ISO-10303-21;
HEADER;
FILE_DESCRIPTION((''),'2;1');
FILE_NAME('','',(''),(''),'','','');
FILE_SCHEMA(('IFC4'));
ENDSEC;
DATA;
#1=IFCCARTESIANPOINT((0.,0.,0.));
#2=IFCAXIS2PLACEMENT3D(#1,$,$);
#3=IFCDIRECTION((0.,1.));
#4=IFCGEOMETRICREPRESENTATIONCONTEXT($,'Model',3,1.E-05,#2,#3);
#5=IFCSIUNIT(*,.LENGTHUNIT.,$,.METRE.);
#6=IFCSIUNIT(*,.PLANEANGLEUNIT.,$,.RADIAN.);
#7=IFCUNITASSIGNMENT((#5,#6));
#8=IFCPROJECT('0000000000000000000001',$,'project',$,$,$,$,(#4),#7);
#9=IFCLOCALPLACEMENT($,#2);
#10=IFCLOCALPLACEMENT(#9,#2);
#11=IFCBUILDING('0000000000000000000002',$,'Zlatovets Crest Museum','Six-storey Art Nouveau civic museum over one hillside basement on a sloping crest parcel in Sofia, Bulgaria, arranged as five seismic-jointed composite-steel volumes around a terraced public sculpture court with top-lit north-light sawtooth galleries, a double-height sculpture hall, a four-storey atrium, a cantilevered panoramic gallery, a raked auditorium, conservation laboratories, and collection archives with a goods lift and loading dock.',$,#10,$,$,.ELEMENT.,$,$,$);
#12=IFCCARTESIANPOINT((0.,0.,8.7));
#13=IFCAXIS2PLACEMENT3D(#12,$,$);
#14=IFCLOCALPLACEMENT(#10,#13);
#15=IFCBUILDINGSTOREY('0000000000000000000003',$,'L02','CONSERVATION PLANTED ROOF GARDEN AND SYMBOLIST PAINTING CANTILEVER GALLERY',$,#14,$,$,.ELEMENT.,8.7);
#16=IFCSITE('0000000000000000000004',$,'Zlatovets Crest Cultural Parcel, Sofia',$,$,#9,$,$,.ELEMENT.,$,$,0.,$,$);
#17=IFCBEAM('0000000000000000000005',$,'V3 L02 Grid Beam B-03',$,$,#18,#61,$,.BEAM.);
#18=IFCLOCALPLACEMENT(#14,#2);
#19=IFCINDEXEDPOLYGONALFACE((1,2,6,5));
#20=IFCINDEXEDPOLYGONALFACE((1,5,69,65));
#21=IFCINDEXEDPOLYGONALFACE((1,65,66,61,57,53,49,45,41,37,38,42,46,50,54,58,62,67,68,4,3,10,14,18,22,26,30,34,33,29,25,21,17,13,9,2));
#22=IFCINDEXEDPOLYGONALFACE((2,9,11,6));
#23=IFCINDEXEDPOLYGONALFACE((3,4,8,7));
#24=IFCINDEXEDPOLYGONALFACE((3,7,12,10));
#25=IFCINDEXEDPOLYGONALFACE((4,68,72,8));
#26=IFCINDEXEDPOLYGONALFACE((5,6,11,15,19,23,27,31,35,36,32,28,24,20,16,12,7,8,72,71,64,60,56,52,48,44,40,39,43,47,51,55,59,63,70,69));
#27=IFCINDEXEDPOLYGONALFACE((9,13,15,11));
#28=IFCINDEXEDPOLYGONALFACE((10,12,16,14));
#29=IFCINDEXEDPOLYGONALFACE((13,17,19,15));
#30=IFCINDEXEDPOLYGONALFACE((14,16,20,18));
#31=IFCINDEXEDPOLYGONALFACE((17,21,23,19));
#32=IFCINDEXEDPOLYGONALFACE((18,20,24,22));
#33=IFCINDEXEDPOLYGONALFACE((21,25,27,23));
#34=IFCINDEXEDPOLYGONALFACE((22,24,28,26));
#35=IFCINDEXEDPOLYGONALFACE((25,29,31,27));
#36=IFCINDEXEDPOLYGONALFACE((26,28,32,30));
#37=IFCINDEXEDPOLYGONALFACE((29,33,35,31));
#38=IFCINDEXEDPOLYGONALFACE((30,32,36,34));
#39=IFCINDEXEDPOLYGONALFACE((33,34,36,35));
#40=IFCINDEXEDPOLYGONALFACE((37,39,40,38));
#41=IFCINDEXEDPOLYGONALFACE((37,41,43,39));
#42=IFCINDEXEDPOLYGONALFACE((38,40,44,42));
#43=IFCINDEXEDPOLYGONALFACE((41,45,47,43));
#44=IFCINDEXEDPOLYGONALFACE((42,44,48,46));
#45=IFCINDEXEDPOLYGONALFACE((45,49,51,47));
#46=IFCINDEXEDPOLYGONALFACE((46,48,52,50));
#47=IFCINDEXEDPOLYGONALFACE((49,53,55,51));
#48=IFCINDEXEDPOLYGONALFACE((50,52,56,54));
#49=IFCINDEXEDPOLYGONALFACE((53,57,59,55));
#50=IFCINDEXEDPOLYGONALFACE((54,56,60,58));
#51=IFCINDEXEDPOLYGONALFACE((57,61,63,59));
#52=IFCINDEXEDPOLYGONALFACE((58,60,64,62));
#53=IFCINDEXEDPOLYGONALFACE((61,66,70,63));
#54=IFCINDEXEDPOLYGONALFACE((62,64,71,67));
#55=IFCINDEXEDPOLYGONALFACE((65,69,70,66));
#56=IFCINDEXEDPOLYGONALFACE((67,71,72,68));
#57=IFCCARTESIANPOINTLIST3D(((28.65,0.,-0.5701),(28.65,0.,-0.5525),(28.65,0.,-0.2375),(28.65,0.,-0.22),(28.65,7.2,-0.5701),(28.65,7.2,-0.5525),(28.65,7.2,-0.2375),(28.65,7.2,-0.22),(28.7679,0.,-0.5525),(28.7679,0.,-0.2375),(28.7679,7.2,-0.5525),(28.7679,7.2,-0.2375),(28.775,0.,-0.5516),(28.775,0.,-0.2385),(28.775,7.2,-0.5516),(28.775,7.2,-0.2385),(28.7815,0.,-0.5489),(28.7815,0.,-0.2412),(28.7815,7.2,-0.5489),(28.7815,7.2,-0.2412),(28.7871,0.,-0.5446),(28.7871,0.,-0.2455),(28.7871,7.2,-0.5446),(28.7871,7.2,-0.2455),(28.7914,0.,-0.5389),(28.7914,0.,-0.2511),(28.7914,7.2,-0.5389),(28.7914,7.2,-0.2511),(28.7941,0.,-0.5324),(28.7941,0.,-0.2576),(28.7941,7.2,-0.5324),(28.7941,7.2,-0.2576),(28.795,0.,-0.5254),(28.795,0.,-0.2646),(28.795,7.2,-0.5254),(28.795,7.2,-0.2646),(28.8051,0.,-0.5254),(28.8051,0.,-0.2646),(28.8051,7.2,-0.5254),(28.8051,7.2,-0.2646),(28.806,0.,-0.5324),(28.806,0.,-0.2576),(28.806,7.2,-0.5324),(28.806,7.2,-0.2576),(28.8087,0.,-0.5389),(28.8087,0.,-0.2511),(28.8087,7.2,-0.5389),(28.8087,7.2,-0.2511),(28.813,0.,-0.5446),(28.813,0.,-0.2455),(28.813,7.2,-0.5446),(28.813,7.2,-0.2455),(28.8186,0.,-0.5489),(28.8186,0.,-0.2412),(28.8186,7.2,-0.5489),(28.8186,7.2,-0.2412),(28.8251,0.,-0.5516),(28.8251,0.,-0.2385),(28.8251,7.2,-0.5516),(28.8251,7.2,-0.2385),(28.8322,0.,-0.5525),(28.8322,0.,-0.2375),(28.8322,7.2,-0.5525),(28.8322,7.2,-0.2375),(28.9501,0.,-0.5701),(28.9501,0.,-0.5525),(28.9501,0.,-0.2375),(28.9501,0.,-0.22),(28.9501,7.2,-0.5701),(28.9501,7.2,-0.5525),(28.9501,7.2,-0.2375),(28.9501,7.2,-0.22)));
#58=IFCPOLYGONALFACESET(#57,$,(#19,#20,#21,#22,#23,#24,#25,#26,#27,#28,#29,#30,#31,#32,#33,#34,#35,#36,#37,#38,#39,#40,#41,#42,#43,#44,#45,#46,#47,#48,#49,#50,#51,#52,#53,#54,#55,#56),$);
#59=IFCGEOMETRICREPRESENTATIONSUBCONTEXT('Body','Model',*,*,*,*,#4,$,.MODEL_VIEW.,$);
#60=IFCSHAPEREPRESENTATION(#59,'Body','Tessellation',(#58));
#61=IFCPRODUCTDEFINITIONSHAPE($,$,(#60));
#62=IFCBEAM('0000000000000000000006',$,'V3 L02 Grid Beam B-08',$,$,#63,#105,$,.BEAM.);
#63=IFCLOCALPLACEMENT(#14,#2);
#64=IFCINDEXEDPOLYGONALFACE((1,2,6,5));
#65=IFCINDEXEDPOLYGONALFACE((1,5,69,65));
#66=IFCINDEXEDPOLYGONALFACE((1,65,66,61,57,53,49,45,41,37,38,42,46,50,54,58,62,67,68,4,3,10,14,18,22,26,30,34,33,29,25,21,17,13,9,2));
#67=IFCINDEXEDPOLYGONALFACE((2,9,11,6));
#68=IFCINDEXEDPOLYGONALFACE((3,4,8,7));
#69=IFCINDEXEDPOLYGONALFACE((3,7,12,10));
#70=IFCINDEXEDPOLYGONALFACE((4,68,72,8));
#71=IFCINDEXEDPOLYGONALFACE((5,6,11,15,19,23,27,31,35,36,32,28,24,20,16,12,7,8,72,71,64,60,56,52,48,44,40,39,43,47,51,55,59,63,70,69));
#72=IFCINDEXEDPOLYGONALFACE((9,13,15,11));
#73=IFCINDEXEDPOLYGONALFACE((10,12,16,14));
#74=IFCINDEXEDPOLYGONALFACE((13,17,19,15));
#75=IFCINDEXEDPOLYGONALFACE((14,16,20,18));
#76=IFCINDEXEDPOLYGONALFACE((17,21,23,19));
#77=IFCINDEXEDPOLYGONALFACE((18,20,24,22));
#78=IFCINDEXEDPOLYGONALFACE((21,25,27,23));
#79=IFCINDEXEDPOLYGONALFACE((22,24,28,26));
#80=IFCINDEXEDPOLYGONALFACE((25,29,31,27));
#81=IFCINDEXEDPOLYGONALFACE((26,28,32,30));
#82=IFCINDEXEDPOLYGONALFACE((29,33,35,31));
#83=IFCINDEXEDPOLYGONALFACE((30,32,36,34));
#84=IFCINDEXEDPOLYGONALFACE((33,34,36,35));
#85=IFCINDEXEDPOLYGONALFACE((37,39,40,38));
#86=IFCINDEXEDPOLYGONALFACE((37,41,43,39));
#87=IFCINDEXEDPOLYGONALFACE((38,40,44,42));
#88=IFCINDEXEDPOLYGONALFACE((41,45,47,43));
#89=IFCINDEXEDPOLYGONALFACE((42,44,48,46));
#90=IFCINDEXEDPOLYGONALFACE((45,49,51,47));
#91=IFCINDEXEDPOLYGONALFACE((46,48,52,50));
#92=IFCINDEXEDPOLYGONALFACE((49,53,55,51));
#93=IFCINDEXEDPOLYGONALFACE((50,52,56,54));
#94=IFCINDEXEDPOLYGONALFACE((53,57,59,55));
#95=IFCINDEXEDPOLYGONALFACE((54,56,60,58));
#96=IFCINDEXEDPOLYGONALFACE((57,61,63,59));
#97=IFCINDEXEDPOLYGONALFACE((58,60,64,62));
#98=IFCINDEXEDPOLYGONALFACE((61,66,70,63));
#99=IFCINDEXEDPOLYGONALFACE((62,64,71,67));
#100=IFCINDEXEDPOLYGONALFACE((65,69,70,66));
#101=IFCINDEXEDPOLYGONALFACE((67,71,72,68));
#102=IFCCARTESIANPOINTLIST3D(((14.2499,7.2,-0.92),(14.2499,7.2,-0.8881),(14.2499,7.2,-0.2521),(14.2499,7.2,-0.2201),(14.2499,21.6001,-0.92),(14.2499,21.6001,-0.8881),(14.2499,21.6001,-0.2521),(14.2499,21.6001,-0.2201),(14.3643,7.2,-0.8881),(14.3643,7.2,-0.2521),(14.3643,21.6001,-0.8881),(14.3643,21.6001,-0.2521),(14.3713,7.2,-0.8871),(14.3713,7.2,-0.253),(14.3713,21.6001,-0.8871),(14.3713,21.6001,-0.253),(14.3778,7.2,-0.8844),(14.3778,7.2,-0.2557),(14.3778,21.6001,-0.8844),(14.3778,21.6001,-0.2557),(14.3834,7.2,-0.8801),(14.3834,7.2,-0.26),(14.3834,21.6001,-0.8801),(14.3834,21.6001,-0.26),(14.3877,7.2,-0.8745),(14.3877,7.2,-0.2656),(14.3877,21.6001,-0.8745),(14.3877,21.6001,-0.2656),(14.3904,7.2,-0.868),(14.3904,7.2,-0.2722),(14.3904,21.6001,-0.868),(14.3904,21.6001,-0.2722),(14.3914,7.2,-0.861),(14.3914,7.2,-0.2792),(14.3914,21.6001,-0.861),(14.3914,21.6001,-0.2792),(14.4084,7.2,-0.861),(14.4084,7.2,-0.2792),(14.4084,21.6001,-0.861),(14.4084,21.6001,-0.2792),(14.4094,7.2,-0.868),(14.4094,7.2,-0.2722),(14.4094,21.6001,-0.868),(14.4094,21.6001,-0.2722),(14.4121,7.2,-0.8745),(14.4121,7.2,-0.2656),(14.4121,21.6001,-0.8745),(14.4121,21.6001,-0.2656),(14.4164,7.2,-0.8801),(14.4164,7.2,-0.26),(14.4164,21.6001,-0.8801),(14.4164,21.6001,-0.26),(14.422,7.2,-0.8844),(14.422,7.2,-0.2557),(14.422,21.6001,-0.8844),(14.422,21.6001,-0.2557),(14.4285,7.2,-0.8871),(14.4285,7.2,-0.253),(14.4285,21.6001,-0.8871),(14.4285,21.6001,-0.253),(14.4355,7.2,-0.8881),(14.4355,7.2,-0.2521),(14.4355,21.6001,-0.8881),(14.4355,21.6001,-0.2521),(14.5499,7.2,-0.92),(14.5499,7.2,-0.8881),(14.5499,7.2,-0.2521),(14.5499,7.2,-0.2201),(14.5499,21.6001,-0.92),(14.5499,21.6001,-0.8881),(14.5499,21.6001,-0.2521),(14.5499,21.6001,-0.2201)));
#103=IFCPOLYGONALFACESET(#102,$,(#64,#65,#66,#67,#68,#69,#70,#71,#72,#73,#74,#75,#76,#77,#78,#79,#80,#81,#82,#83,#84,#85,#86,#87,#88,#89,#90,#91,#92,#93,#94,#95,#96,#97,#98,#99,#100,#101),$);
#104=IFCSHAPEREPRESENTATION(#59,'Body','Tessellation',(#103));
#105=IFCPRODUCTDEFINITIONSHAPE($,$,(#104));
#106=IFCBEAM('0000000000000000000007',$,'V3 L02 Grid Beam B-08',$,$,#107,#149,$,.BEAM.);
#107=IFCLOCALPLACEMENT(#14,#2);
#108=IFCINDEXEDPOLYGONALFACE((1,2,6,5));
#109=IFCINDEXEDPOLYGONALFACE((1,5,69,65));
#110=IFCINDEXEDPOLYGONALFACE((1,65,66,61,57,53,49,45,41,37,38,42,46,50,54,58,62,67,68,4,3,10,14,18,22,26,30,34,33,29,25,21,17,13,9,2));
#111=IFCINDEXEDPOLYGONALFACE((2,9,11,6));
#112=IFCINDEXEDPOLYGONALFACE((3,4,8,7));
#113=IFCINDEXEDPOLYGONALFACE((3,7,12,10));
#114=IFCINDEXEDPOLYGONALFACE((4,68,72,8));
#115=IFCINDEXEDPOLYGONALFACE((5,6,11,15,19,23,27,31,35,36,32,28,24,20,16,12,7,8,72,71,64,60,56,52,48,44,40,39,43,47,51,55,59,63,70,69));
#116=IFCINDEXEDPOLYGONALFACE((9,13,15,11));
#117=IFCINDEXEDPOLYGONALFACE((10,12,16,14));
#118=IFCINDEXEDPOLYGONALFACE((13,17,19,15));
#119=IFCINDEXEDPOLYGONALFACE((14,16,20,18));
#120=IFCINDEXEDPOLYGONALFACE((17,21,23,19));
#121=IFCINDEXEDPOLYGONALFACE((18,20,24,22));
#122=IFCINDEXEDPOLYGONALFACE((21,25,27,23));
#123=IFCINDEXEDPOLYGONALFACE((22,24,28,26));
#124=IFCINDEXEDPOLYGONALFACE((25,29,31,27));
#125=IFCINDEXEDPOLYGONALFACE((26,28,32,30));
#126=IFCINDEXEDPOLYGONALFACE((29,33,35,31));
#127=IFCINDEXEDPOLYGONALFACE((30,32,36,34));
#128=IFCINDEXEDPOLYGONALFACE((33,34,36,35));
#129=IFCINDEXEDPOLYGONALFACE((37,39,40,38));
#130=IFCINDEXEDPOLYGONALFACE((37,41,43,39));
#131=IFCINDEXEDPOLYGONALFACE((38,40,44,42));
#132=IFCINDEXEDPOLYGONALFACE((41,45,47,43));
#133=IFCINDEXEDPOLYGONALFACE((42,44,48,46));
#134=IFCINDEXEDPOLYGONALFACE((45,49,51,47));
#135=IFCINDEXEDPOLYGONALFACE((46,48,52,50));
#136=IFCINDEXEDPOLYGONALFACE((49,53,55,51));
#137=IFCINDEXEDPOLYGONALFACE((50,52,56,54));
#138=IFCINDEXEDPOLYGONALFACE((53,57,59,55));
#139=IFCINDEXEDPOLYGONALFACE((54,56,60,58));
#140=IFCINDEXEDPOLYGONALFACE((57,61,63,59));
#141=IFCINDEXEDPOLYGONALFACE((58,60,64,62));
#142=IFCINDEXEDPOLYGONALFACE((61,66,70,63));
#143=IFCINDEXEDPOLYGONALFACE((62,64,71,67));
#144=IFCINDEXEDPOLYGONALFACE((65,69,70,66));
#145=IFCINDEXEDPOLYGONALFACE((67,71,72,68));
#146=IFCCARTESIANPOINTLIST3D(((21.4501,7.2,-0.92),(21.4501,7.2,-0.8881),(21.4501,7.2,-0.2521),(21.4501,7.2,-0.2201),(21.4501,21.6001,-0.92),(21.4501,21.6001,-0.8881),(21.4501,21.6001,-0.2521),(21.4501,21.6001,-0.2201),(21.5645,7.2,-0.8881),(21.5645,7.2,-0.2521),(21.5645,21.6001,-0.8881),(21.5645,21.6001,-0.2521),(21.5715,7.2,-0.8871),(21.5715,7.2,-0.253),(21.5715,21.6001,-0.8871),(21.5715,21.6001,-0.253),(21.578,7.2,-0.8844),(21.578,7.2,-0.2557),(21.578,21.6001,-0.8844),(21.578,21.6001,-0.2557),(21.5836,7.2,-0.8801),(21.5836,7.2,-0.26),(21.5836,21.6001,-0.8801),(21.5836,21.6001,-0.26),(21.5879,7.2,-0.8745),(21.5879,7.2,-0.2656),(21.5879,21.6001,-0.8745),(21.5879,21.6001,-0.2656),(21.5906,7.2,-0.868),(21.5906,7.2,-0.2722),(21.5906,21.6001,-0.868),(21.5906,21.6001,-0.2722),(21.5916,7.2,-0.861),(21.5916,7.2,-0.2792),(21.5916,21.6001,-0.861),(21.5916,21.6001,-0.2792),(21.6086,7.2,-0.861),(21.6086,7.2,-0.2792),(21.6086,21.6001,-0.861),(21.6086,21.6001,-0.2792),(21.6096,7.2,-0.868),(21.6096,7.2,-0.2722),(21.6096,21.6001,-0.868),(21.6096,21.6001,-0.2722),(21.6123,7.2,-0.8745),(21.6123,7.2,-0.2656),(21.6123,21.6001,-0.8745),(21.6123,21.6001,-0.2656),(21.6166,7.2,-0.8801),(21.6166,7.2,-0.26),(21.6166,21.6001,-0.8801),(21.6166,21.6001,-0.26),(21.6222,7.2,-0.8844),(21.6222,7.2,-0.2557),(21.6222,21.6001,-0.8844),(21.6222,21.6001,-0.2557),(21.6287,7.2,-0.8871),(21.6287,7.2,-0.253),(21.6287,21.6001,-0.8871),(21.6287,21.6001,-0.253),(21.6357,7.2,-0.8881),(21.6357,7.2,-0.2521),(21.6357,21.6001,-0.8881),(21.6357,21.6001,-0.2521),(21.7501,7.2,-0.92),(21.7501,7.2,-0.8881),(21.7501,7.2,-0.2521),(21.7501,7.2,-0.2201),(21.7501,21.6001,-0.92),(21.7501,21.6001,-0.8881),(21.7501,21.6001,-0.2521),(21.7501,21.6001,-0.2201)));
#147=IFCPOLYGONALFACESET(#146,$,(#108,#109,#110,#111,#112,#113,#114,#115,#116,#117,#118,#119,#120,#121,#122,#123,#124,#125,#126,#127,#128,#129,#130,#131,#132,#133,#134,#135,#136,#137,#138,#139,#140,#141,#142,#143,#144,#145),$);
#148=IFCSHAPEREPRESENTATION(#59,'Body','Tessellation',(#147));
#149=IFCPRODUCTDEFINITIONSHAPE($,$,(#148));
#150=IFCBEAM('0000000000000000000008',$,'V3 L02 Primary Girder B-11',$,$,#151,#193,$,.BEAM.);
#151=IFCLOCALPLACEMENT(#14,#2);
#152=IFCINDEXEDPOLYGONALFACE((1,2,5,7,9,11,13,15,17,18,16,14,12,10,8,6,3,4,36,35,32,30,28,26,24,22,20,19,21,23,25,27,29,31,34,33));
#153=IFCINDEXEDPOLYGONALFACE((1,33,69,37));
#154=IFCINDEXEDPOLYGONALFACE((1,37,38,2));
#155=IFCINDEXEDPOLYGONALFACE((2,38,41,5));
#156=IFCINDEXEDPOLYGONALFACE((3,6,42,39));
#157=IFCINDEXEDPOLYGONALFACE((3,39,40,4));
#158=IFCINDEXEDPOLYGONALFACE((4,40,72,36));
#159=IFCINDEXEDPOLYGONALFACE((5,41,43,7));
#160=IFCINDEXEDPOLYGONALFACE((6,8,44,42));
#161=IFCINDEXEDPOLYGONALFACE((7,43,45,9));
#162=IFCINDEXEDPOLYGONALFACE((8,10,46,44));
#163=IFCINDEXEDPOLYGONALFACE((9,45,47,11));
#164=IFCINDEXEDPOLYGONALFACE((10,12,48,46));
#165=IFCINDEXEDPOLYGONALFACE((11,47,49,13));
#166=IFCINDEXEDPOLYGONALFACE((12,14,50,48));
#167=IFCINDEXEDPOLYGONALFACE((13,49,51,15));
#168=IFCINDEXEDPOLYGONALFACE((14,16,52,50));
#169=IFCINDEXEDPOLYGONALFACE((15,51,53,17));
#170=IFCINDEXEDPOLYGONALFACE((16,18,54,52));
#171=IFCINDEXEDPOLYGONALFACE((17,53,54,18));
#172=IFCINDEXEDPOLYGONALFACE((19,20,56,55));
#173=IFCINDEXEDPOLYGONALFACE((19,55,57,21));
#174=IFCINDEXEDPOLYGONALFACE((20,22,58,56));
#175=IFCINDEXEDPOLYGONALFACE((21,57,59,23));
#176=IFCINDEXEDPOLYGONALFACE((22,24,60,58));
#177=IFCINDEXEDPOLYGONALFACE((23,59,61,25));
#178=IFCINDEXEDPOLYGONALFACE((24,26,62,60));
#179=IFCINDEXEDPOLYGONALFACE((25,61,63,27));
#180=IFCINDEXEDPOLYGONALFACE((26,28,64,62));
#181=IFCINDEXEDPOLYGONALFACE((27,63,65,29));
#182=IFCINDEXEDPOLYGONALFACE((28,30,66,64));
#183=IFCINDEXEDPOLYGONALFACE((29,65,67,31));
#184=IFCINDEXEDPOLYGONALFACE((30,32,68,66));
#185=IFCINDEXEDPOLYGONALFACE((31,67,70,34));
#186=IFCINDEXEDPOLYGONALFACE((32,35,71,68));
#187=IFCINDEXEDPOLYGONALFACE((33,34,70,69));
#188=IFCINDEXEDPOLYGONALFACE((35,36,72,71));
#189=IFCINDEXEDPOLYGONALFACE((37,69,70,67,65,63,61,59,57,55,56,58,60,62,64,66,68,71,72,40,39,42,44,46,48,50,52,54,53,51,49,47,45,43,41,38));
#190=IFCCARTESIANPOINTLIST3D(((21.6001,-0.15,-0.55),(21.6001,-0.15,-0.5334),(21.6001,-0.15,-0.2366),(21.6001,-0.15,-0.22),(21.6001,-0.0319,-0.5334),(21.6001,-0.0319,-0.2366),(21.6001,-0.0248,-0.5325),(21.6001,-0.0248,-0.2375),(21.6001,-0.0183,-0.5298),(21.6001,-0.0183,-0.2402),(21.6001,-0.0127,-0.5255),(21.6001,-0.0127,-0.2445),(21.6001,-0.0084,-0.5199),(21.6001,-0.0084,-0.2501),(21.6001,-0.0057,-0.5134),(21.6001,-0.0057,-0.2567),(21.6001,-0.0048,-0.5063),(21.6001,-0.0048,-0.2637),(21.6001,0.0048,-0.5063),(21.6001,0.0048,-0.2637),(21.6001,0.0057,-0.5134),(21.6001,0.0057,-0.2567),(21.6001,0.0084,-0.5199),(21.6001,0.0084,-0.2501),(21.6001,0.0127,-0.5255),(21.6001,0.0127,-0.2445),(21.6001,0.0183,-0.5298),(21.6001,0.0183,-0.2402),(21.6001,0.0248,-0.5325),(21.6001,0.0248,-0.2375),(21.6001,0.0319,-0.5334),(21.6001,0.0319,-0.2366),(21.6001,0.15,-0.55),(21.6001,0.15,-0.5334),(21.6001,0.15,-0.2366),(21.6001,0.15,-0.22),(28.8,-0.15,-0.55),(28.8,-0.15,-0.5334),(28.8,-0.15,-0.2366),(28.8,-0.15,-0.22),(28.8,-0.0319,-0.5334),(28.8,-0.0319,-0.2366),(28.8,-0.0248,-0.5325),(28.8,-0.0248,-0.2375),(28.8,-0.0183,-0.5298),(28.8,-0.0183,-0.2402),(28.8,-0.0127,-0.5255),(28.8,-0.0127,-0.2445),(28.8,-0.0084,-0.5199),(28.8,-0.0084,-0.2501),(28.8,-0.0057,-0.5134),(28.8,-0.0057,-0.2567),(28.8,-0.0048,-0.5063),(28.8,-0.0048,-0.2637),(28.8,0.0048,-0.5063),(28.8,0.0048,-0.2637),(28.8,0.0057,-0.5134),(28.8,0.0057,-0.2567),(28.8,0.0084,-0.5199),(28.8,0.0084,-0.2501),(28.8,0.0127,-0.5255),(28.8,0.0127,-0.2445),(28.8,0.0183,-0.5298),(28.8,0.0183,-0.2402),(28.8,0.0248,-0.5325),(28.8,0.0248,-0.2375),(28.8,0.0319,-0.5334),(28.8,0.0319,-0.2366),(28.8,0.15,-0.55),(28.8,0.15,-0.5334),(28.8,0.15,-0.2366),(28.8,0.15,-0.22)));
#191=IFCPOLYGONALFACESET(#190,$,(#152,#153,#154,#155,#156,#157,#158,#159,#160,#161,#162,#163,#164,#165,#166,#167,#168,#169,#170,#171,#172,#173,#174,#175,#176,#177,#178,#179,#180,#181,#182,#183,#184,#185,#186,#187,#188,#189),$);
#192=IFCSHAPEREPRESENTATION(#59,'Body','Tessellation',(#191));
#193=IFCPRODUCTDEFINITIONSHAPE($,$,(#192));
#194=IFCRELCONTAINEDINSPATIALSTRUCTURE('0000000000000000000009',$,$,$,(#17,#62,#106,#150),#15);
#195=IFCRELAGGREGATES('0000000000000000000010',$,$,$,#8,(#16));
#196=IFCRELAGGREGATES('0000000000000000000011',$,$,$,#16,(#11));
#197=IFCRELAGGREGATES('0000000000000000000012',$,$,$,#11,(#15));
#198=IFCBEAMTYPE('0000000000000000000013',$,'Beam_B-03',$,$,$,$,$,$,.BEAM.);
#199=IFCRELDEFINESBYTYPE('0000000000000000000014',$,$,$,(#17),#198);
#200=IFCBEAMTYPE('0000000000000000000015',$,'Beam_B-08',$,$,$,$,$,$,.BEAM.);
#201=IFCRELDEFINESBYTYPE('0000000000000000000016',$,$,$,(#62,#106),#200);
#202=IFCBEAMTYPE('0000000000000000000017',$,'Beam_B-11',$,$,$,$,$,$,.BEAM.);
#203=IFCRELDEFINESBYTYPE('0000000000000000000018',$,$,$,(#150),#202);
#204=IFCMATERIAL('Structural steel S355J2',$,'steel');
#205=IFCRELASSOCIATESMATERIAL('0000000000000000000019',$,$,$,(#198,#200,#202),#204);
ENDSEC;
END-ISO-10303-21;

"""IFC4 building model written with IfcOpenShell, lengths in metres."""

from ifc_helpers import new_model, si_unit, direction, frame, origin, origin_2d, place, context, subcontext, project, spatial, i_section, extrude, material, material_profile, profile_set, type_object, element, save


model = new_model("IFC4")

# Units and contexts
model_context = context("Model", 3, precision=1e-05, world=origin(), true_north=direction((0.0, 1.0)))
body_context = subcontext(model_context, "Body", "Model", "MODEL_VIEW")
ifc_project = project(units=[si_unit("LENGTHUNIT", "METRE"), si_unit("PLANEANGLEUNIT", "RADIAN")], contexts=[model_context])

# Site, building, storey
site_placement = place(None, origin())
site = spatial("IfcSite", under=ifc_project, at=site_placement, Name="Zlatovets Crest Cultural Parcel, Sofia", CompositionType="ELEMENT", RefElevation=0.0)
building_placement = place(site_placement, origin())
building = spatial("IfcBuilding", under=site, at=building_placement, Name="Zlatovets Crest Museum", Description="Six-storey Art Nouveau civic museum over one hillside basement on a sloping crest parcel in Sofia, Bulgaria, arranged as five seismic-jointed composite-steel volumes around a terraced public sculpture court with top-lit north-light sawtooth galleries, a double-height sculpture hall, a four-storey atrium, a cantilevered panoramic gallery, a raked auditorium, conservation laboratories, and collection archives with a goods lift and loading dock.", CompositionType="ELEMENT")
storey_placement = place(building_placement, frame((0.0, 0.0, 8.7)))
storey = spatial("IfcBuildingStorey", under=building, at=storey_placement, Name="L02", Description="CONSERVATION PLANTED ROOF GARDEN AND SYMBOLIST PAINTING CANTILEVER GALLERY", CompositionType="ELEMENT", Elevation=8.7)

# Shared definitions
ifc_material_1 = material(Name="Structural steel S355J2", Category="steel")

# Beams
ifc_material_profile_1 = material_profile(ifc_material_1, i_section(OverallWidth=0.3, OverallDepth=0.3501, WebThickness=0.01, FlangeThickness=0.0176, FilletRadius=0.0271, at=origin_2d()), Name="HEA 360")
ifc_profile_set_1 = profile_set([ifc_material_profile_1], Name="Structural steel S355J2")
beam_type_1 = type_object("IfcBeamType", Name="Beam_B-03", PredefinedType="BEAM", material=ifc_profile_set_1)
for number, where, z_axis, x_axis, name in (
    (1, (28.8, 0.0, -0.395), (0.0, 1.0, 0.0), (-1.0, 0.0, 0.0), "V3 L02 Grid Beam B-03"),
):
    element("IfcBeam", number, at=place(storey_placement, frame(where, z_axis=z_axis, x_axis=x_axis)), inside=storey, type_object=beam_type_1, Name=name, PredefinedType="BEAM", context=body_context, shape_type="SweptSolid", body=[
        extrude(i_section(OverallWidth=0.3, OverallDepth=0.3501, WebThickness=0.01, FlangeThickness=0.0176, FilletRadius=0.0271, at=origin_2d()), origin(), (0.0, 0.0, 1.0), 7.2),
    ])
ifc_material_profile_2 = material_profile(ifc_material_1, i_section(OverallWidth=0.3, OverallDepth=0.7, WebThickness=0.0171, FlangeThickness=0.032, FilletRadius=0.0271, at=origin_2d()), Name="HEB 700")
ifc_profile_set_2 = profile_set([ifc_material_profile_2], Name="Structural steel S355J2")
beam_type_2 = type_object("IfcBeamType", Name="Beam_B-08", PredefinedType="BEAM", material=ifc_profile_set_2)
for number, where, z_axis, x_axis, name in (
    (2, (14.3999, 7.2, -0.5701), (0.0, 1.0, 0.0), (-1.0, 0.0, 0.0), "V3 L02 Grid Beam B-08"),
    (3, (21.6001, 7.2, -0.5701), (0.0, 1.0, 0.0), (-1.0, 0.0, 0.0), "V3 L02 Grid Beam B-08"),
):
    element("IfcBeam", number, at=place(storey_placement, frame(where, z_axis=z_axis, x_axis=x_axis)), inside=storey, type_object=beam_type_2, Name=name, PredefinedType="BEAM", context=body_context, shape_type="SweptSolid", body=[
        extrude(i_section(OverallWidth=0.3, OverallDepth=0.7, WebThickness=0.0171, FlangeThickness=0.032, FilletRadius=0.0271, at=origin_2d()), origin(), (0.0, 0.0, 1.0), 14.4001),
    ])
ifc_material_profile_3 = material_profile(ifc_material_1, i_section(OverallWidth=0.3, OverallDepth=0.3301, WebThickness=0.0095, FlangeThickness=0.0166, FilletRadius=0.0271, at=origin_2d()), Name="HEA 340")
ifc_profile_set_3 = profile_set([ifc_material_profile_3], Name="Structural steel S355J2")
beam_type_3 = type_object("IfcBeamType", Name="Beam_B-11", PredefinedType="BEAM", material=ifc_profile_set_3)
for number, where, z_axis, x_axis, name in (
    (4, (21.6001, 0.0, -0.385), (1.0, 0.0, 0.0), (0.0, 1.0, 0.0), "V3 L02 Primary Girder B-11"),
):
    element("IfcBeam", number, at=place(storey_placement, frame(where, z_axis=z_axis, x_axis=x_axis)), inside=storey, type_object=beam_type_3, Name=name, PredefinedType="BEAM", context=body_context, shape_type="SweptSolid", body=[
        extrude(i_section(OverallWidth=0.3, OverallDepth=0.3301, WebThickness=0.0095, FlangeThickness=0.0166, FilletRadius=0.0271, at=origin_2d()), origin(), (0.0, 0.0, 1.0), 7.2),
    ])

save(model, "model.ifc")
